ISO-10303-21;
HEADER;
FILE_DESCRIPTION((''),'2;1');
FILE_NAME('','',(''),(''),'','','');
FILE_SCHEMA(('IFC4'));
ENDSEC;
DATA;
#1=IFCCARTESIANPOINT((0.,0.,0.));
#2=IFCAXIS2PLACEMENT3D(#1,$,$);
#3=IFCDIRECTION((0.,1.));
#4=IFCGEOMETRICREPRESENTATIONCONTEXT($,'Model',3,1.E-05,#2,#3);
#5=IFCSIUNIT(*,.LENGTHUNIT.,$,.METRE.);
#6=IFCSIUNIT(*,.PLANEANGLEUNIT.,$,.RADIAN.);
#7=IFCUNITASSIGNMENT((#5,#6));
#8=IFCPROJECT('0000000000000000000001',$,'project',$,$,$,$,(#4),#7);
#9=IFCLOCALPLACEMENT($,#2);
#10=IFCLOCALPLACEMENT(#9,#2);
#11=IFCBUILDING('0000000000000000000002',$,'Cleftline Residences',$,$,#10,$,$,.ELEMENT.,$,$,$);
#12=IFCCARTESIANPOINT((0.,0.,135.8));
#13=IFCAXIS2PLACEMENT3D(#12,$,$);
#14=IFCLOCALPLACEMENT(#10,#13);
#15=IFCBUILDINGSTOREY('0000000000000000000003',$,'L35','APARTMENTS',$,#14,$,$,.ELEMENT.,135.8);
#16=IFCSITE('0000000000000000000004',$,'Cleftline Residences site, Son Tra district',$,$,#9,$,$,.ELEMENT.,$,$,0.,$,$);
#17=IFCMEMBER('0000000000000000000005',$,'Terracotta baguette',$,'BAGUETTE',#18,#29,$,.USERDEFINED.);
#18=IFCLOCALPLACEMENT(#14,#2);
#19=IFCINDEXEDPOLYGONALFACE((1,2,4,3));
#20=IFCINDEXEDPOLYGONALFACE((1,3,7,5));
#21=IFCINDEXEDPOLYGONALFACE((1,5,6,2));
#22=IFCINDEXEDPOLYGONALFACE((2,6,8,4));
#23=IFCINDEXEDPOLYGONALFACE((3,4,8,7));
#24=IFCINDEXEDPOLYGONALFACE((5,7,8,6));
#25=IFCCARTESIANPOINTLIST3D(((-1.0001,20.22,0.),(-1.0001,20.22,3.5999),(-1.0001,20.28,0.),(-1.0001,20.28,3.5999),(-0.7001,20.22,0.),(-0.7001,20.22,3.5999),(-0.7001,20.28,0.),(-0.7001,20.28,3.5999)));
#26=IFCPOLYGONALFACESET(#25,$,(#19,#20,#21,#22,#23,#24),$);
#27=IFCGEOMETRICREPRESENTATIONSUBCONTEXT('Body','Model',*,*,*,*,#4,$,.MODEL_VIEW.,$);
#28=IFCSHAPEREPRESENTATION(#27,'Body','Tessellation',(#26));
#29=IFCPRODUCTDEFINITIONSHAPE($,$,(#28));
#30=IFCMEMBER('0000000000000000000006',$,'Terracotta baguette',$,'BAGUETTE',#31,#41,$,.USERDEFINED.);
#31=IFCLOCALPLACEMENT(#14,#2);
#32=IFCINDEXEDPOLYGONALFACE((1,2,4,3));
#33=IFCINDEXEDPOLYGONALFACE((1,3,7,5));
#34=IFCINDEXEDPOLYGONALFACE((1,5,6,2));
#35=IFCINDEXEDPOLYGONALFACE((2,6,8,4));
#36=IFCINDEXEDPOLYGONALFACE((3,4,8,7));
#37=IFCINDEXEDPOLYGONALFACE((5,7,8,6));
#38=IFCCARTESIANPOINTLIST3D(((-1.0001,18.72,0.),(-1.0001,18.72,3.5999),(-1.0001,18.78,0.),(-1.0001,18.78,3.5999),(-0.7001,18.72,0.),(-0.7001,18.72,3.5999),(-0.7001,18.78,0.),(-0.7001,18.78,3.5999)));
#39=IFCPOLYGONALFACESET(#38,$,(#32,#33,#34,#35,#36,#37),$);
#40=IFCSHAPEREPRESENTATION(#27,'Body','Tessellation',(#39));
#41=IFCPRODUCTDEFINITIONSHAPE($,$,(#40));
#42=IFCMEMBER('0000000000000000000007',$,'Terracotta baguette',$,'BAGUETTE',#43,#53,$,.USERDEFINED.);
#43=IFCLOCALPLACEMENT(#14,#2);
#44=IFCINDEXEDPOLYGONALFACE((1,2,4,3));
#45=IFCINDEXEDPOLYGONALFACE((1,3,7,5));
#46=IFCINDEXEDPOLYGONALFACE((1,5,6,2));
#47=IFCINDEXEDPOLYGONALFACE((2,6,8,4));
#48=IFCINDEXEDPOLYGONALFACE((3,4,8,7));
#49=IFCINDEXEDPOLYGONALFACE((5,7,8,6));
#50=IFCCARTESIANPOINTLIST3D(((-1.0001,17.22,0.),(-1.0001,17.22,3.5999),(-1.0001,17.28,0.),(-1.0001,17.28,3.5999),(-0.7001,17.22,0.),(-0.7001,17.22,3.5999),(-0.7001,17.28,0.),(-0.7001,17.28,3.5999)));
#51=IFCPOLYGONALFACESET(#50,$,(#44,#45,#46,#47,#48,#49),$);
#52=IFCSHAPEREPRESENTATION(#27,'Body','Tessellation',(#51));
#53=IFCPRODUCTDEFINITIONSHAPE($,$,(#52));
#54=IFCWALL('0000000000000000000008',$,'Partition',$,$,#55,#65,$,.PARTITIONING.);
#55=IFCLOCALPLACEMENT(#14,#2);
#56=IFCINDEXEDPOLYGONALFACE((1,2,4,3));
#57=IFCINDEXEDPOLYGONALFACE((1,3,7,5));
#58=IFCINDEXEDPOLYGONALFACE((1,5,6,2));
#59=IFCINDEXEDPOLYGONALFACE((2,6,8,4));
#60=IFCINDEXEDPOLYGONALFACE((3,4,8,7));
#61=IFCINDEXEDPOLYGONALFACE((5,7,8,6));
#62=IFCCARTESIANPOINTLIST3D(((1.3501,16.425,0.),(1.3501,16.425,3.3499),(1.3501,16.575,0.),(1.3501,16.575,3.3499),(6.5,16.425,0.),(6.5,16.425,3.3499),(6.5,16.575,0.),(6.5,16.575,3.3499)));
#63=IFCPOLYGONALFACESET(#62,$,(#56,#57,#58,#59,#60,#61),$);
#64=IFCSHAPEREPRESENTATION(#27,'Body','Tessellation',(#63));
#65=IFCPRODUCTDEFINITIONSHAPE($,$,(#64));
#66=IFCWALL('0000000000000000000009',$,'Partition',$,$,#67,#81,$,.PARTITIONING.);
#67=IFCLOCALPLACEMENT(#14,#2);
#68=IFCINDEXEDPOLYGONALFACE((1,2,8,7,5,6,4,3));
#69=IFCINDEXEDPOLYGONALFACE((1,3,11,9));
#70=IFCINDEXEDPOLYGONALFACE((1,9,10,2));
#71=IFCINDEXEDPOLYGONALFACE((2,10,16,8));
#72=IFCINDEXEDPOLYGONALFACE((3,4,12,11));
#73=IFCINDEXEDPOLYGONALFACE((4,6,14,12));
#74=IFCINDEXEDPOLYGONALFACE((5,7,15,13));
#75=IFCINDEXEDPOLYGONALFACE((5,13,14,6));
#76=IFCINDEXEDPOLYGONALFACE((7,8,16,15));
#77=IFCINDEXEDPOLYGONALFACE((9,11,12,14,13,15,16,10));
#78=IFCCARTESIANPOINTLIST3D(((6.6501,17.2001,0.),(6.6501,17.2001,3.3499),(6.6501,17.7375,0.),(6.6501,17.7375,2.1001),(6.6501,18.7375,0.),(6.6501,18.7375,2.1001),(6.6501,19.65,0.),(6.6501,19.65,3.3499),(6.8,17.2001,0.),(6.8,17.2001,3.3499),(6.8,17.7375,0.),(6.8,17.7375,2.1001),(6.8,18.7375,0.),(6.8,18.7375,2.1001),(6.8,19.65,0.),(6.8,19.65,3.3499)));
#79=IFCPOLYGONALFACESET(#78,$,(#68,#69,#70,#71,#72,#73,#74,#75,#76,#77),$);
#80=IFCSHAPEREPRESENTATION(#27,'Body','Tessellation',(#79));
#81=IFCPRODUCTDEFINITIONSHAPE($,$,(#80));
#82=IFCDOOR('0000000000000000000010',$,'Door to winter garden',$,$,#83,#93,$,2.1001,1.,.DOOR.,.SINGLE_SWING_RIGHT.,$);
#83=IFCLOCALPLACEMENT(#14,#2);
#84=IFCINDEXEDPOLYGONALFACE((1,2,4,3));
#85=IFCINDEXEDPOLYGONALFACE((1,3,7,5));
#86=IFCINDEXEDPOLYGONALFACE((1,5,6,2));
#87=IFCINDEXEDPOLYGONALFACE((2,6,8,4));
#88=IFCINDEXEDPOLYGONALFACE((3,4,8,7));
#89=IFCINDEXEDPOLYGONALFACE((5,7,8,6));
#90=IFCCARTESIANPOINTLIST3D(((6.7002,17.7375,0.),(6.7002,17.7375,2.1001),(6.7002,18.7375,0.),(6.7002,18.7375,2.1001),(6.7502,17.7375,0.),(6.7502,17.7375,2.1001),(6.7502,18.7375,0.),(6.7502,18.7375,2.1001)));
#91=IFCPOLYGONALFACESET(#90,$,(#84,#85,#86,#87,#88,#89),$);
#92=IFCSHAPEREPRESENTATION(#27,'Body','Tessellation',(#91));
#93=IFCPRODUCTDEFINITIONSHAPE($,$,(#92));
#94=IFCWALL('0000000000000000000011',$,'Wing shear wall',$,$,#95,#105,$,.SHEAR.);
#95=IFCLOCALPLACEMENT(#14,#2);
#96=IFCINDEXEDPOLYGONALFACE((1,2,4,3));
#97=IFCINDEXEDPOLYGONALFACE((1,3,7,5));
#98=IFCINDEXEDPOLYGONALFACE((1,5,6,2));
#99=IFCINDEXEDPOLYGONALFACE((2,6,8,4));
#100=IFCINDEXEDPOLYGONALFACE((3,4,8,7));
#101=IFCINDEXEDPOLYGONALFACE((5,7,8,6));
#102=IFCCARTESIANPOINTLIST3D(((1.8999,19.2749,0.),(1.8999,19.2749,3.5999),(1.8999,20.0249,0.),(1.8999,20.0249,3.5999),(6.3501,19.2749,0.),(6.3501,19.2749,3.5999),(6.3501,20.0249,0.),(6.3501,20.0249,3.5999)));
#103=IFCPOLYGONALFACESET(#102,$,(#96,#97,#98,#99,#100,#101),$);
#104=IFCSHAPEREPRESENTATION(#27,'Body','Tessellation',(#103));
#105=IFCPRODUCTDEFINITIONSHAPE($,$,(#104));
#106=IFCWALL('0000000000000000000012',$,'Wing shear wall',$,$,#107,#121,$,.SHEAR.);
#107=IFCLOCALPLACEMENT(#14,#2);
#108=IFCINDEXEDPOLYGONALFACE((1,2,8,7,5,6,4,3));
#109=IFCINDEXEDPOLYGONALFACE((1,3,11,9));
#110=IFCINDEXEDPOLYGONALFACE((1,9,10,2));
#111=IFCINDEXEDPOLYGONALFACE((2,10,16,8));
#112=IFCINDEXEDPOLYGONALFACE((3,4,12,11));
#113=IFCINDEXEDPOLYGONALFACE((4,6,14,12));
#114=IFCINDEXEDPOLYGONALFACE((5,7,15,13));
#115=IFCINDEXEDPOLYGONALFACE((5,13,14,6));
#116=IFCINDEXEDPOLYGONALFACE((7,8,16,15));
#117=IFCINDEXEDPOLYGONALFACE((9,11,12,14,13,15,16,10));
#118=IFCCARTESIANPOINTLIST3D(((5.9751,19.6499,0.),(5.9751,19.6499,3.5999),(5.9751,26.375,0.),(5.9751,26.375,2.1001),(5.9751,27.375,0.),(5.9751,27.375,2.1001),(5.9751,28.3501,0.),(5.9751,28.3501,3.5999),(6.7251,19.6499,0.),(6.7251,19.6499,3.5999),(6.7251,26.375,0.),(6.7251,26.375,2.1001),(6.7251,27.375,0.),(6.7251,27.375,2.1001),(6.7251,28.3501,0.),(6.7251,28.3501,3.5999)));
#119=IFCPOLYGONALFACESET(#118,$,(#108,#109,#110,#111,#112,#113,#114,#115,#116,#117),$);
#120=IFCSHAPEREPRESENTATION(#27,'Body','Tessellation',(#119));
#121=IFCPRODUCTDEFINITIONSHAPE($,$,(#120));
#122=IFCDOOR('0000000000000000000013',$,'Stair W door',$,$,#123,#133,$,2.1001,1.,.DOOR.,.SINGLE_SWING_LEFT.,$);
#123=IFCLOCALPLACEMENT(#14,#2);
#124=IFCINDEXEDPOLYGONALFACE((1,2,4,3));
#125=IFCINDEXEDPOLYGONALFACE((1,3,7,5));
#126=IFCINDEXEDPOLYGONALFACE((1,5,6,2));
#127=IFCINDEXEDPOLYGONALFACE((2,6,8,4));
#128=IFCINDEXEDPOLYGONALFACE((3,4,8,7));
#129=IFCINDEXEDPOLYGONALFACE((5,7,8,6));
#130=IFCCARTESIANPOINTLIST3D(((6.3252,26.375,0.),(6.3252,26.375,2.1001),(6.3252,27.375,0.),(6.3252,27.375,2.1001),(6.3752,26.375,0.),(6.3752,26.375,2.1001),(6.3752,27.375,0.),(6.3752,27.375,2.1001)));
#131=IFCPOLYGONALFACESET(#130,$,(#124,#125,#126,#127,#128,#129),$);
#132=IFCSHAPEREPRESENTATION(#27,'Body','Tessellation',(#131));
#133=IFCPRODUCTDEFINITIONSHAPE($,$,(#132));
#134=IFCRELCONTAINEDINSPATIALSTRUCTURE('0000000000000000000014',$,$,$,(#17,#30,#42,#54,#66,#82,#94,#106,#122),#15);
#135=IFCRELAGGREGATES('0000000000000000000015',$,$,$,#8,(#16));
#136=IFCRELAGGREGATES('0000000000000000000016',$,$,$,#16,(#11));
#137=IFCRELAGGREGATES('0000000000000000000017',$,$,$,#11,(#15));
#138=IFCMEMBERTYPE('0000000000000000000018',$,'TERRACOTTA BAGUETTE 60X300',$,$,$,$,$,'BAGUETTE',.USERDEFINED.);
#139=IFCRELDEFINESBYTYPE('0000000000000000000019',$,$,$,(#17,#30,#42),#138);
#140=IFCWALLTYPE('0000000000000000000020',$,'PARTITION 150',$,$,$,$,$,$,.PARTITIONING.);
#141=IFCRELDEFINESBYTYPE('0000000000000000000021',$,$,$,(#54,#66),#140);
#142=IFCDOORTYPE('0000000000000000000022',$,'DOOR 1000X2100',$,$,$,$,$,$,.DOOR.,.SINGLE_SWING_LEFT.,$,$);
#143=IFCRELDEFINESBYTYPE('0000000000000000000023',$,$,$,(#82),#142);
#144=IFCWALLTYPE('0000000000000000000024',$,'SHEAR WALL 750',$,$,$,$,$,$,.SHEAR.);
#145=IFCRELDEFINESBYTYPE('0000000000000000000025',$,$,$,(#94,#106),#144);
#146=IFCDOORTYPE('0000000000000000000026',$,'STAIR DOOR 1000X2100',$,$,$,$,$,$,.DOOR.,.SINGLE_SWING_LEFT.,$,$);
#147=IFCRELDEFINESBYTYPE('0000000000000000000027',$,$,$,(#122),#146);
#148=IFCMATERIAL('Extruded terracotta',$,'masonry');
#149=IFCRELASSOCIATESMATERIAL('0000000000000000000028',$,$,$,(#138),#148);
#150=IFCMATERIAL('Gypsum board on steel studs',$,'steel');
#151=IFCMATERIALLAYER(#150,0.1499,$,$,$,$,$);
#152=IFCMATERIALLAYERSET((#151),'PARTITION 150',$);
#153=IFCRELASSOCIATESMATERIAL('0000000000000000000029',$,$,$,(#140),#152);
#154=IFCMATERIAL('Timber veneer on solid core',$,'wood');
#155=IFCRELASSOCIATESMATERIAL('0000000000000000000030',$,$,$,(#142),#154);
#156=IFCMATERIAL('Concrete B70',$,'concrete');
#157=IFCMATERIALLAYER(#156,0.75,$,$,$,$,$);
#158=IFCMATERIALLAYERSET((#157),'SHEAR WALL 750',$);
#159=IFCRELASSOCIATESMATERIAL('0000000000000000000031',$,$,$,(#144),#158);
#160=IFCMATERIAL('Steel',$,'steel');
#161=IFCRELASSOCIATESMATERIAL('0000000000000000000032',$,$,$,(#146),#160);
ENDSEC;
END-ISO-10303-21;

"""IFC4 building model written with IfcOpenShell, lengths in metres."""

from ifc_helpers import new_model, si_unit, direction, frame, frame_2d, origin, origin_2d, place, context, subcontext, project, spatial, rectangle, extrude, material, layer, layer_set, material_profile, profile_set, type_object, element, fill, save


model = new_model("IFC4")

# Units and contexts
model_context = context("Model", 3, precision=1e-05, world=origin(), true_north=direction((0.0, 1.0)))
body_context = subcontext(model_context, "Body", "Model", "MODEL_VIEW")
ifc_project = project(units=[si_unit("LENGTHUNIT", "METRE"), si_unit("PLANEANGLEUNIT", "RADIAN")], contexts=[model_context])

# Site, building, storey
site_placement = place(None, origin())
site = spatial("IfcSite", under=ifc_project, at=site_placement, Name="Cleftline Residences site, Son Tra district", CompositionType="ELEMENT", RefElevation=0.0)
building_placement = place(site_placement, origin())
building = spatial("IfcBuilding", under=site, at=building_placement, Name="Cleftline Residences", CompositionType="ELEMENT")
storey_placement = place(building_placement, frame((0.0, 0.0, 135.8)))
storey = spatial("IfcBuildingStorey", under=building, at=storey_placement, Name="L35", Description="APARTMENTS", CompositionType="ELEMENT", Elevation=135.8)

# Members
ifc_material_1 = material(Name="Extruded terracotta", Category="masonry")
ifc_material_profile_1 = material_profile(ifc_material_1, rectangle(XDim=0.0601, YDim=0.3, at=origin_2d()))
ifc_profile_set_1 = profile_set([ifc_material_profile_1], Name="Extruded terracotta")
member_type_1 = type_object("IfcMemberType", Name="TERRACOTTA BAGUETTE 60X300", ElementType="BAGUETTE", PredefinedType="USERDEFINED", material=ifc_profile_set_1)
for number, where, z_axis, x_axis, name in (
    (1, (-0.8501, 20.25, 0.0), (0.0, 0.0, 1.0), (0.0, 1.0, 0.0), "Terracotta baguette"),
    (2, (-0.8501, 18.75, 0.0), (0.0, 0.0, 1.0), (0.0, 1.0, 0.0), "Terracotta baguette"),
    (3, (-0.8501, 17.25, 0.0), (0.0, 0.0, 1.0), (0.0, 1.0, 0.0), "Terracotta baguette"),
):
    element("IfcMember", number, at=place(storey_placement, frame(where, z_axis=z_axis, x_axis=x_axis)), inside=storey, type_object=member_type_1, Name=name, ObjectType="BAGUETTE", PredefinedType="USERDEFINED", context=body_context, shape_type="SweptSolid", body=[
        extrude(rectangle(XDim=0.0601, YDim=0.3, at=origin_2d()), origin(), (0.0, 0.0, 1.0), 3.5999),
    ])

# Wall
ifc_material_2 = material(Name="Gypsum board on steel studs", Category="steel")
ifc_layer_1 = layer(ifc_material_2, 0.1499)
ifc_layer_set_1 = layer_set([ifc_layer_1], Name="PARTITION 150")
wall_type_1 = type_object("IfcWallType", Name="PARTITION 150", PredefinedType="PARTITIONING", material=ifc_layer_set_1)
wall_1_placement = place(storey_placement, frame((1.3501, 16.5, 0.0), z_axis=(0.0, 0.0, 1.0), x_axis=(1.0, 0.0, 0.0)))
element("IfcWall", 4, at=wall_1_placement, inside=storey, type_object=wall_type_1, Name="Partition", PredefinedType="PARTITIONING", context=body_context, shape_type="SweptSolid", body=[
    extrude(rectangle(XDim=5.1499, YDim=0.1499, at=frame_2d((2.575, 0.0))), origin(), (0.0, 0.0, 1.0), 3.3499),
])

# Wall, opening, door
wall_2_placement = place(storey_placement, frame((6.7251, 17.2, 0.0), z_axis=(0.0, 0.0, 1.0), x_axis=(0.0, 1.0, 0.0)))
wall_2 = element("IfcWall", 5, at=wall_2_placement, inside=storey, type_object=wall_type_1, Name="Partition", PredefinedType="PARTITIONING", context=body_context, shape_type="SweptSolid", body=[
    extrude(rectangle(XDim=2.45, YDim=0.1499, at=frame_2d((1.2251, 0.0))), origin(), (0.0, 0.0, 1.0), 3.3499),
])
opening_1_placement = place(wall_2_placement, frame((0.5376, 0.0, 0.0)))
opening_1 = element("IfcOpeningElement", 6, at=opening_1_placement, cuts=wall_2, PredefinedType="OPENING", context=body_context, shape_type="SweptSolid", body=[
    extrude(rectangle(XDim=1.0, YDim=2.1001, at=frame_2d((0.5, 1.05))), frame((0.0, 0.085, 0.0), z_axis=(0.0, -1.0, 0.0), x_axis=(1.0, 0.0, 0.0)), (0.0, 0.0, 1.0), 0.1699),
])
ifc_material_3 = material(Name="Timber veneer on solid core", Category="wood")
door_type_1 = type_object("IfcDoorType", Name="DOOR 1000X2100", OperationType="SINGLE_SWING_LEFT", PredefinedType="DOOR", material=ifc_material_3)
door_1_placement = place(opening_1_placement, origin())
door_1 = element("IfcDoor", 7, at=door_1_placement, inside=storey, type_object=door_type_1, Name="Door to winter garden", OperationType="SINGLE_SWING_RIGHT", OverallHeight=2.1001, OverallWidth=1.0, PredefinedType="DOOR", context=body_context, shape_type="SweptSolid", body=[
    extrude(rectangle(XDim=1.0, YDim=2.1001, at=frame_2d((0.5, 1.05))), frame((0.0, 0.0249, 0.0), z_axis=(0.0, -1.0, 0.0), x_axis=(1.0, 0.0, 0.0)), (0.0, 0.0, 1.0), 0.05),
])
fill(opening_1, door_1)

# Wall
ifc_material_4 = material(Name="Concrete B70", Category="concrete")
ifc_layer_2 = layer(ifc_material_4, 0.75)
ifc_layer_set_2 = layer_set([ifc_layer_2], Name="SHEAR WALL 750")
wall_type_2 = type_object("IfcWallType", Name="SHEAR WALL 750", PredefinedType="SHEAR", material=ifc_layer_set_2)
wall_3_placement = place(storey_placement, frame((1.8999, 19.6499, 0.0), z_axis=(0.0, 0.0, 1.0), x_axis=(1.0, 0.0, 0.0)))
element("IfcWall", 8, at=wall_3_placement, inside=storey, type_object=wall_type_2, Name="Wing shear wall", PredefinedType="SHEAR", context=body_context, shape_type="SweptSolid", body=[
    extrude(rectangle(XDim=4.4502, YDim=0.75, at=frame_2d((2.2251, 0.0))), origin(), (0.0, 0.0, 1.0), 3.5999),
])

# Wall, opening, door
wall_4_placement = place(storey_placement, frame((6.3501, 19.6499, 0.0), z_axis=(0.0, 0.0, 1.0), x_axis=(0.0, 1.0, 0.0)))
wall_4 = element("IfcWall", 9, at=wall_4_placement, inside=storey, type_object=wall_type_2, Name="Wing shear wall", PredefinedType="SHEAR", context=body_context, shape_type="SweptSolid", body=[
    extrude(rectangle(XDim=8.7002, YDim=0.75, at=frame_2d((4.3501, 0.0))), origin(), (0.0, 0.0, 1.0), 3.5999),
])
opening_2_placement = place(wall_4_placement, frame((6.7251, 0.0, 0.0)))
opening_2 = element("IfcOpeningElement", 10, at=opening_2_placement, cuts=wall_4, PredefinedType="OPENING", context=body_context, shape_type="SweptSolid", body=[
    extrude(rectangle(XDim=1.0, YDim=2.1001, at=frame_2d((0.5, 1.05))), frame((0.0, 0.385, 0.0), z_axis=(0.0, -1.0, 0.0), x_axis=(1.0, 0.0, 0.0)), (0.0, 0.0, 1.0), 0.77),
])
ifc_material_5 = material(Name="Steel", Category="steel")
door_type_2 = type_object("IfcDoorType", Name="STAIR DOOR 1000X2100", OperationType="SINGLE_SWING_LEFT", PredefinedType="DOOR", material=ifc_material_5)
door_2_placement = place(opening_2_placement, origin())
door_2 = element("IfcDoor", 11, at=door_2_placement, inside=storey, type_object=door_type_2, Name="Stair W door", OperationType="SINGLE_SWING_LEFT", OverallHeight=2.1001, OverallWidth=1.0, PredefinedType="DOOR", context=body_context, shape_type="SweptSolid", body=[
    extrude(rectangle(XDim=1.0, YDim=2.1001, at=frame_2d((0.5, 1.05))), frame((0.0, 0.0249, 0.0), z_axis=(0.0, -1.0, 0.0), x_axis=(1.0, 0.0, 0.0)), (0.0, 0.0, 1.0), 0.05),
])
fill(opening_2, door_2)

save(model, "model.ifc")
